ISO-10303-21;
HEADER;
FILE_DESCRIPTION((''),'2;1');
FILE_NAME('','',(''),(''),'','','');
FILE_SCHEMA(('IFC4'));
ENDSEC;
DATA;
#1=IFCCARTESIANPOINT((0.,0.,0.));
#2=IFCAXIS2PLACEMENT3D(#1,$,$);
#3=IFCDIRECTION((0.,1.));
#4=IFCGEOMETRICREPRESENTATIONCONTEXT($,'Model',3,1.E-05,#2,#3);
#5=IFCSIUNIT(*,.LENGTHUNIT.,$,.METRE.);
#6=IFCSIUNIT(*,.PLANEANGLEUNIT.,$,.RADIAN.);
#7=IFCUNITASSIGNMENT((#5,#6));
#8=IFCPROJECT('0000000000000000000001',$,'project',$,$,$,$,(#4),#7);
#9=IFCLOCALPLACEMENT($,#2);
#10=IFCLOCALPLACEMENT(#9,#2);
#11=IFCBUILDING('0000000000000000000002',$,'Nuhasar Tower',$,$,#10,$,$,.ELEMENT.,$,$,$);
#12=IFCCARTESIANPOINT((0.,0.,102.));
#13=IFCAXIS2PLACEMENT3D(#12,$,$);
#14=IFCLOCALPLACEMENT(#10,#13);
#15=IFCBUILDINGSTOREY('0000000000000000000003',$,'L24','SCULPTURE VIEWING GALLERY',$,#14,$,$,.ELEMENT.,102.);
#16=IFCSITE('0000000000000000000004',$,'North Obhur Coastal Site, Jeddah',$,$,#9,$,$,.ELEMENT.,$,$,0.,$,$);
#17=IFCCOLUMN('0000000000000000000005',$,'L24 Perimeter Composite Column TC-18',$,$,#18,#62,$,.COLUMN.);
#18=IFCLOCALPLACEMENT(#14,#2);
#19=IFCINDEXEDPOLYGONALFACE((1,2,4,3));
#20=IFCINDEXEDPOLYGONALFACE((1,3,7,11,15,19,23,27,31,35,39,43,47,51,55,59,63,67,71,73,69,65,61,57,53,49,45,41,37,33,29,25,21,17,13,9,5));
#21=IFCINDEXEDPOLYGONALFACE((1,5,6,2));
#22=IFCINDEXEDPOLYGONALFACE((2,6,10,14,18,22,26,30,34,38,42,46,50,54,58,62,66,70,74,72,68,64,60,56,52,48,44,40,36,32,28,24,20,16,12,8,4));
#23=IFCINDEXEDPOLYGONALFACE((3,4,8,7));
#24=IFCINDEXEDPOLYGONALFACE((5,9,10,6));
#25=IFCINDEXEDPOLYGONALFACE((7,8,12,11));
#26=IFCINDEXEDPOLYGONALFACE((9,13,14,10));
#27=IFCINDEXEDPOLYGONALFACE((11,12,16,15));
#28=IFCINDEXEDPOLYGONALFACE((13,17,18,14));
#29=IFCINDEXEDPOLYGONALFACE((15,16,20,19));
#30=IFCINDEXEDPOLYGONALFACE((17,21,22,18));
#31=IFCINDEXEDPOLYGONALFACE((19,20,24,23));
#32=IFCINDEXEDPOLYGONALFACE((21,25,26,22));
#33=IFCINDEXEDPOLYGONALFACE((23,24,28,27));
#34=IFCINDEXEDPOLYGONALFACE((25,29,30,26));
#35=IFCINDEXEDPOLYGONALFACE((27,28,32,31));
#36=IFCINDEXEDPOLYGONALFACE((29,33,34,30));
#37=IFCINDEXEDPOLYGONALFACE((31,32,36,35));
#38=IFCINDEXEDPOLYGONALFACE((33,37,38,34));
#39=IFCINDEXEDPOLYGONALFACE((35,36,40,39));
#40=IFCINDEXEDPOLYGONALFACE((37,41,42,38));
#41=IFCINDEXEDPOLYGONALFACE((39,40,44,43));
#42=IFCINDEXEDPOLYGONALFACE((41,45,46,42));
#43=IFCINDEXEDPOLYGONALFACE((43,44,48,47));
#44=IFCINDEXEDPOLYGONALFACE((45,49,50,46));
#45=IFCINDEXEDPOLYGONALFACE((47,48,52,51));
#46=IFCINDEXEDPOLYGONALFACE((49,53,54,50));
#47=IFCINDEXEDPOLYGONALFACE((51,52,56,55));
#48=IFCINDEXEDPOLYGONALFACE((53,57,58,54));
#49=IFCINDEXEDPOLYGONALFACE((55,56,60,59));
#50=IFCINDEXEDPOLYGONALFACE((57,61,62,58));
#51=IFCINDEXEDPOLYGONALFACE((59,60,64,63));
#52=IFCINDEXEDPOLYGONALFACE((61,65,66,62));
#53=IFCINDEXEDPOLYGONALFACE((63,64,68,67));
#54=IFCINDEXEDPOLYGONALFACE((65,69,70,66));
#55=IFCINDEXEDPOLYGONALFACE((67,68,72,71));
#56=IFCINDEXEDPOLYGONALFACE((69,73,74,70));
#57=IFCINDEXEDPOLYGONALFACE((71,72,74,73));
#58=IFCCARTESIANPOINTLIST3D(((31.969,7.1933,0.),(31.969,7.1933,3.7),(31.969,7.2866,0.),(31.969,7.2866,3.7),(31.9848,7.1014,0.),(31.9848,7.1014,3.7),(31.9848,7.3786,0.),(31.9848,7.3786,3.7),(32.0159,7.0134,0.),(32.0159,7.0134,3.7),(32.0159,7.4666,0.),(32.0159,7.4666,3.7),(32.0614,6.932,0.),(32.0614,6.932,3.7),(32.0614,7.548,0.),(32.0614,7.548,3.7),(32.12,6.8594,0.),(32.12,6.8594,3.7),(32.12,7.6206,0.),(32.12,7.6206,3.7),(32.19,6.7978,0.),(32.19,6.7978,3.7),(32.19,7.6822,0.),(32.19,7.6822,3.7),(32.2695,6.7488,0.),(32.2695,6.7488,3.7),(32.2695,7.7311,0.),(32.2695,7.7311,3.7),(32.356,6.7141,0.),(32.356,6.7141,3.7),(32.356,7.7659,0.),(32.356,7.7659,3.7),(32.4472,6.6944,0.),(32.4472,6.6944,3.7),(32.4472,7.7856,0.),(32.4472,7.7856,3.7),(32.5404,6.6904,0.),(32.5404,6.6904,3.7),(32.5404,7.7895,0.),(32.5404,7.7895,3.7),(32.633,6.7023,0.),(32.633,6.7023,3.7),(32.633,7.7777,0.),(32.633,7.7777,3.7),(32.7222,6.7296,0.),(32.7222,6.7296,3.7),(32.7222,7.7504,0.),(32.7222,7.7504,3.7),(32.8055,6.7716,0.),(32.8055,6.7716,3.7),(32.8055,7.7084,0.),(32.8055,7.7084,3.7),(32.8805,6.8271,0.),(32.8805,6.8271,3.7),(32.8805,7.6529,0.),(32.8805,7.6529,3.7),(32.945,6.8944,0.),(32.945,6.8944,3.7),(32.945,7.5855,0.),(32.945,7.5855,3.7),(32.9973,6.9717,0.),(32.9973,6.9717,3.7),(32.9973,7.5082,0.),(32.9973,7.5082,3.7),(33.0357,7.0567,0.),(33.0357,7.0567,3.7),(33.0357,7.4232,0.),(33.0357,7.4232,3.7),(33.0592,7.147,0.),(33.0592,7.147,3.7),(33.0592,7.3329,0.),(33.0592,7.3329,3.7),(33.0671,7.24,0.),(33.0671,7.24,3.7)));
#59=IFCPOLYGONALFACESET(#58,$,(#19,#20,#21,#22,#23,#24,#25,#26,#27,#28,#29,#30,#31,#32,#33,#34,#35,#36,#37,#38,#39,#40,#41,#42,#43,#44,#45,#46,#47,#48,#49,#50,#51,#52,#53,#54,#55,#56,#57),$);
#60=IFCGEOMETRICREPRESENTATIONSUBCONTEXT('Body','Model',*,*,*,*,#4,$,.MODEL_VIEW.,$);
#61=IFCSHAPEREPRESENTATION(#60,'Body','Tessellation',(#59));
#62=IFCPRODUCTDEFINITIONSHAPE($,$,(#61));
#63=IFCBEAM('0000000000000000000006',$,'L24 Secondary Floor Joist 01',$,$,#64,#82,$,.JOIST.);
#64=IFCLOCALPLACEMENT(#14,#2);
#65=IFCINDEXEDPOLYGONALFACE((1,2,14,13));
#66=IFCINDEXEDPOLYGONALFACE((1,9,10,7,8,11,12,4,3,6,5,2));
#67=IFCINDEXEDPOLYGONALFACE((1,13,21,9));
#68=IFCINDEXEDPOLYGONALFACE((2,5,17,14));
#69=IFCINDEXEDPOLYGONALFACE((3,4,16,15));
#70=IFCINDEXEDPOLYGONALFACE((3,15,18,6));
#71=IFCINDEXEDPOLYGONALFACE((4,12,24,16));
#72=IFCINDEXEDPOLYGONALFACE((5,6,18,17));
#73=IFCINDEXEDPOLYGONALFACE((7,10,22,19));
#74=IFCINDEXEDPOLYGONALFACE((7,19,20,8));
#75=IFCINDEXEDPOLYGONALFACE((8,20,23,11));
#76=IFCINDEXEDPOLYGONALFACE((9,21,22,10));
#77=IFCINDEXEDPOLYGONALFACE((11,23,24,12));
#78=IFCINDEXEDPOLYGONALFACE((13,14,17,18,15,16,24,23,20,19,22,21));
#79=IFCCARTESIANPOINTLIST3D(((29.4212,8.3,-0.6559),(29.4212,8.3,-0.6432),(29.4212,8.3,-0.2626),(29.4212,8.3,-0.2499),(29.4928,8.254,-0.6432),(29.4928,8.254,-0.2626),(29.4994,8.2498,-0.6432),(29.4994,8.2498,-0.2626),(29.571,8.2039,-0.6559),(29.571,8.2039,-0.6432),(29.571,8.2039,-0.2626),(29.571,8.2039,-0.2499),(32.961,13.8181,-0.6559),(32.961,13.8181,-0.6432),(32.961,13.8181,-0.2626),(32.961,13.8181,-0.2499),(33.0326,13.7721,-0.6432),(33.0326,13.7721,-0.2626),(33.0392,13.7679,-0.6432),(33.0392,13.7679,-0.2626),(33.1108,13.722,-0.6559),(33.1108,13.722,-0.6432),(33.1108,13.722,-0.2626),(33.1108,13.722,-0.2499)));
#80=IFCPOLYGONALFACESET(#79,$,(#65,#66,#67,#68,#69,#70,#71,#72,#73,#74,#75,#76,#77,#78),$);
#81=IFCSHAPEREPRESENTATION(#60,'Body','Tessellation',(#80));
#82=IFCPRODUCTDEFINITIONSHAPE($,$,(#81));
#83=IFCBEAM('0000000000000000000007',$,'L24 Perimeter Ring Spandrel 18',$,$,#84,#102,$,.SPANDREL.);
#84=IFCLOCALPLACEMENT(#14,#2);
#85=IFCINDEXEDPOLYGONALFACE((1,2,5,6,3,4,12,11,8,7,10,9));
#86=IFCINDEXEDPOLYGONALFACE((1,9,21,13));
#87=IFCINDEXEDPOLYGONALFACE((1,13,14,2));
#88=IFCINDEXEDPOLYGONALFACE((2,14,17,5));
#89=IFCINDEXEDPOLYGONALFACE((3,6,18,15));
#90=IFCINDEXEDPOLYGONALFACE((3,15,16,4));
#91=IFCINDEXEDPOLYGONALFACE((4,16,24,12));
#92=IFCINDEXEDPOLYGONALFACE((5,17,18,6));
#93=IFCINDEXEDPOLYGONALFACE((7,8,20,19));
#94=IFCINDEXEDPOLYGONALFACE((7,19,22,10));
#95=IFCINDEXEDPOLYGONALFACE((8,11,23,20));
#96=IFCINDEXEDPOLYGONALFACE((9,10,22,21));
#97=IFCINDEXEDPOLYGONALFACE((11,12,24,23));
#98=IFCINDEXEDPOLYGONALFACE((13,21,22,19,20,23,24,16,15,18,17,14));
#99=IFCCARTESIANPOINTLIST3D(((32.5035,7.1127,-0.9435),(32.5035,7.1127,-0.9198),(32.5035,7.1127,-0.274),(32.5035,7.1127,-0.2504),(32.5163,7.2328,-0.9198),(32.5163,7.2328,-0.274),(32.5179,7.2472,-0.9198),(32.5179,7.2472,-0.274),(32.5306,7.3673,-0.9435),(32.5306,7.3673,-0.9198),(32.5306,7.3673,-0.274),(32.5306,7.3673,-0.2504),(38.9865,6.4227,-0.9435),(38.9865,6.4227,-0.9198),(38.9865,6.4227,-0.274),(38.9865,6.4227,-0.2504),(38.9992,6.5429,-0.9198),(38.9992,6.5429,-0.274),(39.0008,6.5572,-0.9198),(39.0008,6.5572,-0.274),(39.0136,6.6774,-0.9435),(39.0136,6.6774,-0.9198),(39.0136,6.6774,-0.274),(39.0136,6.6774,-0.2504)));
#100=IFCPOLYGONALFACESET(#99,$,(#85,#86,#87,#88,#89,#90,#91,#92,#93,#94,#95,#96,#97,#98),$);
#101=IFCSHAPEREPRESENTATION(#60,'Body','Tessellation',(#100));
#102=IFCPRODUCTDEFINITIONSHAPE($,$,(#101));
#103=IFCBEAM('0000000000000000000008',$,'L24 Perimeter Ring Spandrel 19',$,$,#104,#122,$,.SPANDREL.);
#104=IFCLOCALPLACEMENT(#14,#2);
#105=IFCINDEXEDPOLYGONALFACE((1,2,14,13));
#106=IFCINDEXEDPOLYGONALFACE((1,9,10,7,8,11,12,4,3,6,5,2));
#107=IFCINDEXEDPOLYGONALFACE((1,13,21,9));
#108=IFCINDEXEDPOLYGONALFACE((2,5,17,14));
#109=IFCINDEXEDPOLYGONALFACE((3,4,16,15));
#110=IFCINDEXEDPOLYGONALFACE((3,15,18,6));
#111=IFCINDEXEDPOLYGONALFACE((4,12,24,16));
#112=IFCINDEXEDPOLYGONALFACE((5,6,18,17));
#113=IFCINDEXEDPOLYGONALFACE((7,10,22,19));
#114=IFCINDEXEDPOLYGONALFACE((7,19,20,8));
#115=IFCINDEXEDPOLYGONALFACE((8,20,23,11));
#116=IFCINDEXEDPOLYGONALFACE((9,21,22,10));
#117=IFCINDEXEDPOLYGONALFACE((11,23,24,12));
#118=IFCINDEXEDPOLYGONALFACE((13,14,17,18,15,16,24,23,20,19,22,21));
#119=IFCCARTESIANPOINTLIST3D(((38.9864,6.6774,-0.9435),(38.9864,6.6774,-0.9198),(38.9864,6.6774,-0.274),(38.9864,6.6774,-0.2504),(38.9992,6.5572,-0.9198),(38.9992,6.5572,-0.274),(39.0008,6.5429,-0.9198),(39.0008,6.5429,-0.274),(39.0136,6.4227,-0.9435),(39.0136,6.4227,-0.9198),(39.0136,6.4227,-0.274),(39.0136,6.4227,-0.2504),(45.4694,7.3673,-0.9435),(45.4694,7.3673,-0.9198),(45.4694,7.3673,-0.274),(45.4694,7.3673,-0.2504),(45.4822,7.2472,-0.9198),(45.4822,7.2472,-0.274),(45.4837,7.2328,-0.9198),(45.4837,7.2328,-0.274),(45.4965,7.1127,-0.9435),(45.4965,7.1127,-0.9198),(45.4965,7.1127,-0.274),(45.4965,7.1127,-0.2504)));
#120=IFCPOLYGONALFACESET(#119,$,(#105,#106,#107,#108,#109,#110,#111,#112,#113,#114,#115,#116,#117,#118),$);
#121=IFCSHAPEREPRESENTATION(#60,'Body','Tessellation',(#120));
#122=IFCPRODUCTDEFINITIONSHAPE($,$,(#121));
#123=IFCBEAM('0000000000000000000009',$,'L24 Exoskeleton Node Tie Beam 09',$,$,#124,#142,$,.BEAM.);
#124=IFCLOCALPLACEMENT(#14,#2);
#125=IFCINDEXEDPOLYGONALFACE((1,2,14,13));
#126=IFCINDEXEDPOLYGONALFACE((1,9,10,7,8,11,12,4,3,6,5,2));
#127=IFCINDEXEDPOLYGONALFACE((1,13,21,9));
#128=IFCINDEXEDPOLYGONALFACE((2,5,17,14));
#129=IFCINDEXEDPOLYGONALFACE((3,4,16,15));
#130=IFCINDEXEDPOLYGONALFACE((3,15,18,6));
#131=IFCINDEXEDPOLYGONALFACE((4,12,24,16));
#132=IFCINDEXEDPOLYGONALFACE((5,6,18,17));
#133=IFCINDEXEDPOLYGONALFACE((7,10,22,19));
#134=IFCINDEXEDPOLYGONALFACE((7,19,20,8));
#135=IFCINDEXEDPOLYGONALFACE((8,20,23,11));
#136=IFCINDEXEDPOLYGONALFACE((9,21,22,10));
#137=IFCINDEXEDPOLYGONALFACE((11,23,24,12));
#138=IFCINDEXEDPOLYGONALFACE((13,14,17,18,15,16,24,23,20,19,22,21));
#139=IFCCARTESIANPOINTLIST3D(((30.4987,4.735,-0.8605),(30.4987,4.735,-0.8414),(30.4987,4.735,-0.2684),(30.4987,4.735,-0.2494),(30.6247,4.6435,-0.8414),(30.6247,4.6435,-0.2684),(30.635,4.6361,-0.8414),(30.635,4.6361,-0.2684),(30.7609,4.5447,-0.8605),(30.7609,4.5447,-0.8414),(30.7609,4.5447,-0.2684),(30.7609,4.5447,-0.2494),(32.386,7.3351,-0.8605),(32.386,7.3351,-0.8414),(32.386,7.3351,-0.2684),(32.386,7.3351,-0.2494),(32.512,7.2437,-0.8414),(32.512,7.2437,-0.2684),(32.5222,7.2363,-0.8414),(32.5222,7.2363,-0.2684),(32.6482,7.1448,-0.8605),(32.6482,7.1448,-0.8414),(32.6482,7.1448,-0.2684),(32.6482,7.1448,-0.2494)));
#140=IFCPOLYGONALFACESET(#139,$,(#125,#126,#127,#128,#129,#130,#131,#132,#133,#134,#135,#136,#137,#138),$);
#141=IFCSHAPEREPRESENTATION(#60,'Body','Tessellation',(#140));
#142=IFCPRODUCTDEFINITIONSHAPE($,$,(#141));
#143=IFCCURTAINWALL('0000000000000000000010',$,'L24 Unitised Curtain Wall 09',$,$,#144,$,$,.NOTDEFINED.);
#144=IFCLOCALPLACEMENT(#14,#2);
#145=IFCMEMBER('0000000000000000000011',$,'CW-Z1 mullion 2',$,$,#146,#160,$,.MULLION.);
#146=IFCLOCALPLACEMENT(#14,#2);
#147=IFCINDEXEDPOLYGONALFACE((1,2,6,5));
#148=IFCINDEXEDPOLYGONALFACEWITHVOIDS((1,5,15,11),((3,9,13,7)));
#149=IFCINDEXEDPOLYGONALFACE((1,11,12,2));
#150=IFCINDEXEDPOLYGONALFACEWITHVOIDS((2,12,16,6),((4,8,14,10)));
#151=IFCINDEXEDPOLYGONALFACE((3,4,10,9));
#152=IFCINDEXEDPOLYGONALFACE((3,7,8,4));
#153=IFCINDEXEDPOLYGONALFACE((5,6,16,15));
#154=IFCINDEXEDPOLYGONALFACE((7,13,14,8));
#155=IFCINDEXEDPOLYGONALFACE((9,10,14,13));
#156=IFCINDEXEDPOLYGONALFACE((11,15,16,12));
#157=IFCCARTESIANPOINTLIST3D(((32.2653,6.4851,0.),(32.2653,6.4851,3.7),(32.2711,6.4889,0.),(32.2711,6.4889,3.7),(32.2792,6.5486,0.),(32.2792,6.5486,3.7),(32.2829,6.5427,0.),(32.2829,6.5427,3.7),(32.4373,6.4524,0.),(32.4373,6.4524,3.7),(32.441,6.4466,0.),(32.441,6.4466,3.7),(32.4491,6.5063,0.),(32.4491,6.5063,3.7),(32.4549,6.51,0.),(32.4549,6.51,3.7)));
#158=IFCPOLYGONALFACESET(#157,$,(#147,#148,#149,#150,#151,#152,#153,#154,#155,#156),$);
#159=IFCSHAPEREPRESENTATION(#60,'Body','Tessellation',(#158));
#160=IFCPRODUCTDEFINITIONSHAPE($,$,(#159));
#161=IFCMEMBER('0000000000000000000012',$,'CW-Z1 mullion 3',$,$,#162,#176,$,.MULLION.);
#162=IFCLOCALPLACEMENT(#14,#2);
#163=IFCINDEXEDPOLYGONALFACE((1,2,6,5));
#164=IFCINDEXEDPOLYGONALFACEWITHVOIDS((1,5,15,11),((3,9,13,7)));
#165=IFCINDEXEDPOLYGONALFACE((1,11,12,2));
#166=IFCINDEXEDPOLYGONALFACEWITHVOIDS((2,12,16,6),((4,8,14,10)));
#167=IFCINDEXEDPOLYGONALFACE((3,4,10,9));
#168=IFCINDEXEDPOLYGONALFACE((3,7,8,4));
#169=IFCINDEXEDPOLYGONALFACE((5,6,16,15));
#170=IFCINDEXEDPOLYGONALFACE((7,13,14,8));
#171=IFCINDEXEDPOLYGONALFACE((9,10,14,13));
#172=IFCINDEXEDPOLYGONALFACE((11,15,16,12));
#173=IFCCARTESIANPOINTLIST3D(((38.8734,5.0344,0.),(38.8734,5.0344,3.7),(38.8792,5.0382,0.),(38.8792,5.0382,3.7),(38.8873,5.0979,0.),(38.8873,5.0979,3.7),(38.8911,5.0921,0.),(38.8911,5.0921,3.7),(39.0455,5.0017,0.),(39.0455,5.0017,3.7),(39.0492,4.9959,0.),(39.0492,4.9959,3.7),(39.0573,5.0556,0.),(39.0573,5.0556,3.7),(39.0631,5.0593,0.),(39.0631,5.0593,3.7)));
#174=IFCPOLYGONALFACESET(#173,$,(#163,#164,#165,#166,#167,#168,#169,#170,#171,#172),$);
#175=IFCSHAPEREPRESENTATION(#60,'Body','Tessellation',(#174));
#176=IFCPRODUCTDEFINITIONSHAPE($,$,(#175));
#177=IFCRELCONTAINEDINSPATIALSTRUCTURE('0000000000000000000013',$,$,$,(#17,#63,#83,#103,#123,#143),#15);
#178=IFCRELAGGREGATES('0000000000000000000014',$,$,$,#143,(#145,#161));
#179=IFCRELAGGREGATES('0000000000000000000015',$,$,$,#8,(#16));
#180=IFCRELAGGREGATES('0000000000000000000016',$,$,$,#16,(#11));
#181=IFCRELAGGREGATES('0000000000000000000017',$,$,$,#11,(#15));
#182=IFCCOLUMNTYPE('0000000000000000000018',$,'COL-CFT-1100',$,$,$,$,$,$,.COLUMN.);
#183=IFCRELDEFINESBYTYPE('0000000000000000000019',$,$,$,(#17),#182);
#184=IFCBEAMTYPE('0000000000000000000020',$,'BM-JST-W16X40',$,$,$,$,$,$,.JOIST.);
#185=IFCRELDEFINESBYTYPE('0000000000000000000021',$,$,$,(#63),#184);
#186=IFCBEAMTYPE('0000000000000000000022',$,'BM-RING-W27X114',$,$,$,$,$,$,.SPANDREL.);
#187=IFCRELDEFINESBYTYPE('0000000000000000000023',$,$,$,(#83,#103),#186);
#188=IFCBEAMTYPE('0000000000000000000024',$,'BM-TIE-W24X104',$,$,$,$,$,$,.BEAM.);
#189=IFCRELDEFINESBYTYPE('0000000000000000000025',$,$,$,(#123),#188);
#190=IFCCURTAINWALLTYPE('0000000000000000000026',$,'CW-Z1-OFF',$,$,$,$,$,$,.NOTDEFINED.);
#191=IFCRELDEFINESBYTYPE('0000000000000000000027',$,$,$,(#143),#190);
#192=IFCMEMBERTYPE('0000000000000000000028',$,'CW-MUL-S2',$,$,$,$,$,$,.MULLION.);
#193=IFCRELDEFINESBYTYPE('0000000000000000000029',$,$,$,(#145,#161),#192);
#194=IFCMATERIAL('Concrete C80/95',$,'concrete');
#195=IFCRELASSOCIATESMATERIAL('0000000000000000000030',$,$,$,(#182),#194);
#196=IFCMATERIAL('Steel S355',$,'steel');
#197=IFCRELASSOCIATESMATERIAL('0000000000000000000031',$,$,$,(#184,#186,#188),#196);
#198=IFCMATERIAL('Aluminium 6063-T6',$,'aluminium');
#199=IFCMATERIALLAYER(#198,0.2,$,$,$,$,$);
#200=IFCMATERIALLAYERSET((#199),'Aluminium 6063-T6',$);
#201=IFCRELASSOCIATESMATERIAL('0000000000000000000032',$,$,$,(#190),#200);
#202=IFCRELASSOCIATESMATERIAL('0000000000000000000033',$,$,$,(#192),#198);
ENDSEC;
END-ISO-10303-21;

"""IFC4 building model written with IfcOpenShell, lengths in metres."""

from ifc_helpers import new_model, si_unit, direction, frame, origin, origin_2d, place, context, subcontext, project, spatial, hollow_rectangle, circle, i_section, extrude, material, layer, layer_set, material_profile, profile_set, type_object, element, aggregate, save


model = new_model("IFC4")

# Units and contexts
model_context = context("Model", 3, precision=1e-05, world=origin(), true_north=direction((0.0, 1.0)))
body_context = subcontext(model_context, "Body", "Model", "MODEL_VIEW")
ifc_project = project(units=[si_unit("LENGTHUNIT", "METRE"), si_unit("PLANEANGLEUNIT", "RADIAN")], contexts=[model_context])

# Site, building, storey
site_placement = place(None, origin())
site = spatial("IfcSite", under=ifc_project, at=site_placement, Name="North Obhur Coastal Site, Jeddah", CompositionType="ELEMENT", RefElevation=0.0)
building_placement = place(site_placement, origin())
building = spatial("IfcBuilding", under=site, at=building_placement, Name="Nuhasar Tower", CompositionType="ELEMENT")
storey_placement = place(building_placement, frame((0.0, 0.0, 102.0)))
storey = spatial("IfcBuildingStorey", under=building, at=storey_placement, Name="L24", Description="SCULPTURE VIEWING GALLERY", CompositionType="ELEMENT", Elevation=102.0)

# Column
ifc_material_1 = material(Name="Concrete C80/95", Category="concrete")
ifc_material_profile_1 = material_profile(ifc_material_1, circle(Radius=0.55, at=origin_2d()), Name="CFT1100")
ifc_profile_set_1 = profile_set([ifc_material_profile_1], Name="Concrete C80/95")
column_type = type_object("IfcColumnType", Name="COL-CFT-1100", PredefinedType="COLUMN", material=ifc_profile_set_1)
column_placement = place(storey_placement, frame((32.5171, 7.24, 0.0), z_axis=(0.0, 0.0, 1.0), x_axis=(1.0, 0.0, 0.0)))
element("IfcColumn", 1, at=column_placement, inside=storey, type_object=column_type, Name="L24 Perimeter Composite Column TC-18", PredefinedType="COLUMN", context=body_context, shape_type="SweptSolid", body=[
    extrude(circle(Radius=0.55, at=origin_2d()), origin(), (0.0, 0.0, 1.0), 3.7),
])

# Beams
ifc_material_2 = material(Name="Steel S355", Category="steel")
ifc_material_profile_2 = material_profile(ifc_material_2, i_section(OverallWidth=0.178, OverallDepth=0.406, WebThickness=0.0078, FlangeThickness=0.0127, at=origin_2d()), Name="W16X40")
ifc_profile_set_2 = profile_set([ifc_material_profile_2], Name="Steel S355")
beam_type_1 = type_object("IfcBeamType", Name="BM-JST-W16X40", PredefinedType="JOIST", material=ifc_profile_set_2)
beam_1_placement = place(storey_placement, frame((33.0359, 13.77, -0.4529), z_axis=(-0.539944, -0.841701, 0.0), x_axis=(0.841701, -0.539944, 0.0)))
element("IfcBeam", 2, at=beam_1_placement, inside=storey, type_object=beam_type_1, Name="L24 Secondary Floor Joist 01", PredefinedType="JOIST", context=body_context, shape_type="SweptSolid", body=[
    extrude(i_section(OverallWidth=0.178, OverallDepth=0.406, WebThickness=0.0078, FlangeThickness=0.0127, at=origin_2d()), origin(), (0.0, 0.0, 1.0), 6.5559),
])
ifc_material_profile_3 = material_profile(ifc_material_2, i_section(OverallWidth=0.2561, OverallDepth=0.6931, WebThickness=0.0144, FlangeThickness=0.0237, at=origin_2d()), Name="W27X114")
ifc_profile_set_3 = profile_set([ifc_material_profile_3], Name="Steel S355")
beam_type_2 = type_object("IfcBeamType", Name="BM-RING-W27X114", PredefinedType="SPANDREL", material=ifc_profile_set_3)
for number, where, z_axis, x_axis, name in (
    (3, (32.5171, 7.24, -0.5969), (0.994385, -0.105827, 0.0), (0.105827, 0.994385, 0.0), "L24 Perimeter Ring Spandrel 18"),
    (4, (39.0, 6.55, -0.5969), (0.994385, 0.105827, 0.0), (-0.105827, 0.994385, 0.0), "L24 Perimeter Ring Spandrel 19"),
):
    element("IfcBeam", number, at=place(storey_placement, frame(where, z_axis=z_axis, x_axis=x_axis)), inside=storey, type_object=beam_type_2, Name=name, PredefinedType="SPANDREL", context=body_context, shape_type="SweptSolid", body=[
        extrude(i_section(OverallWidth=0.2561, OverallDepth=0.6931, WebThickness=0.0144, FlangeThickness=0.0237, at=origin_2d()), origin(), (0.0, 0.0, 1.0), 6.5195),
    ])
ifc_material_profile_4 = material_profile(ifc_material_2, i_section(OverallWidth=0.324, OverallDepth=0.6111, WebThickness=0.0127, FlangeThickness=0.019, at=origin_2d()), Name="W24X104")
ifc_profile_set_4 = profile_set([ifc_material_profile_4], Name="Steel S355")
beam_type_3 = type_object("IfcBeamType", Name="BM-TIE-W24X104", PredefinedType="BEAM", material=ifc_profile_set_4)
beam_2_placement = place(storey_placement, frame((32.5171, 7.24, -0.5549), z_axis=(-0.587403, -0.809294, 0.0), x_axis=(0.809294, -0.587403, 0.0)))
element("IfcBeam", 5, at=beam_2_placement, inside=storey, type_object=beam_type_3, Name="L24 Exoskeleton Node Tie Beam 09", PredefinedType="BEAM", context=body_context, shape_type="SweptSolid", body=[
    extrude(i_section(OverallWidth=0.324, OverallDepth=0.6111, WebThickness=0.0127, FlangeThickness=0.019, at=origin_2d()), origin(), (0.0, 0.0, 1.0), 3.2129),
])

# Curtain wall, members
ifc_material_3 = material(Name="Aluminium 6063-T6", Category="aluminium")
ifc_layer_1 = layer(ifc_material_3, 0.2)
ifc_layer_set_1 = layer_set([ifc_layer_1], Name="Aluminium 6063-T6")
curtain_wall_type = type_object("IfcCurtainWallType", Name="CW-Z1-OFF", PredefinedType="NOTDEFINED", material=ifc_layer_set_1)
curtain_wall_placement = place(storey_placement, origin())
curtain_wall = element("IfcCurtainWall", 6, at=curtain_wall_placement, inside=storey, type_object=curtain_wall_type, Name="L24 Unitised Curtain Wall 09", PredefinedType="NOTDEFINED")
ifc_material_profile_5 = material_profile(ifc_material_3, hollow_rectangle(XDim=0.0649, YDim=0.1799, WallThickness=0.0049, at=origin_2d()), Name="CWM-2")
ifc_profile_set_5 = profile_set([ifc_material_profile_5], Name="Aluminium 6063-T6")
member_type_1 = type_object("IfcMemberType", Name="CW-MUL-S2", PredefinedType="MULLION", material=ifc_profile_set_5)
member_1_placement = place(storey_placement, frame((32.3601, 6.4976, 0.0), z_axis=(0.0, 0.0, 1.0), x_axis=(0.214399, 0.976746, 0.0)))
member_1 = element("IfcMember", 7, at=member_1_placement, type_object=member_type_1, Name="CW-Z1 mullion 2", PredefinedType="MULLION", context=body_context, shape_type="SweptSolid", body=[
    extrude(hollow_rectangle(XDim=0.0649, YDim=0.1799, WallThickness=0.0049, at=origin_2d()), origin(), (0.0, 0.0, 1.0), 3.7),
])
member_2_placement = place(storey_placement, frame((38.9683, 5.0469, 0.0), z_axis=(0.0, 0.0, 1.0), x_axis=(0.214399, 0.976746, 0.0)))
member_2 = element("IfcMember", 8, at=member_2_placement, type_object=member_type_1, Name="CW-Z1 mullion 3", PredefinedType="MULLION", context=body_context, shape_type="SweptSolid", body=[
    extrude(hollow_rectangle(XDim=0.0649, YDim=0.1799, WallThickness=0.0049, at=origin_2d()), origin(), (0.0, 0.0, 1.0), 3.7),
])

aggregate(curtain_wall, [member_1, member_2])

save(model, "model.ifc")
